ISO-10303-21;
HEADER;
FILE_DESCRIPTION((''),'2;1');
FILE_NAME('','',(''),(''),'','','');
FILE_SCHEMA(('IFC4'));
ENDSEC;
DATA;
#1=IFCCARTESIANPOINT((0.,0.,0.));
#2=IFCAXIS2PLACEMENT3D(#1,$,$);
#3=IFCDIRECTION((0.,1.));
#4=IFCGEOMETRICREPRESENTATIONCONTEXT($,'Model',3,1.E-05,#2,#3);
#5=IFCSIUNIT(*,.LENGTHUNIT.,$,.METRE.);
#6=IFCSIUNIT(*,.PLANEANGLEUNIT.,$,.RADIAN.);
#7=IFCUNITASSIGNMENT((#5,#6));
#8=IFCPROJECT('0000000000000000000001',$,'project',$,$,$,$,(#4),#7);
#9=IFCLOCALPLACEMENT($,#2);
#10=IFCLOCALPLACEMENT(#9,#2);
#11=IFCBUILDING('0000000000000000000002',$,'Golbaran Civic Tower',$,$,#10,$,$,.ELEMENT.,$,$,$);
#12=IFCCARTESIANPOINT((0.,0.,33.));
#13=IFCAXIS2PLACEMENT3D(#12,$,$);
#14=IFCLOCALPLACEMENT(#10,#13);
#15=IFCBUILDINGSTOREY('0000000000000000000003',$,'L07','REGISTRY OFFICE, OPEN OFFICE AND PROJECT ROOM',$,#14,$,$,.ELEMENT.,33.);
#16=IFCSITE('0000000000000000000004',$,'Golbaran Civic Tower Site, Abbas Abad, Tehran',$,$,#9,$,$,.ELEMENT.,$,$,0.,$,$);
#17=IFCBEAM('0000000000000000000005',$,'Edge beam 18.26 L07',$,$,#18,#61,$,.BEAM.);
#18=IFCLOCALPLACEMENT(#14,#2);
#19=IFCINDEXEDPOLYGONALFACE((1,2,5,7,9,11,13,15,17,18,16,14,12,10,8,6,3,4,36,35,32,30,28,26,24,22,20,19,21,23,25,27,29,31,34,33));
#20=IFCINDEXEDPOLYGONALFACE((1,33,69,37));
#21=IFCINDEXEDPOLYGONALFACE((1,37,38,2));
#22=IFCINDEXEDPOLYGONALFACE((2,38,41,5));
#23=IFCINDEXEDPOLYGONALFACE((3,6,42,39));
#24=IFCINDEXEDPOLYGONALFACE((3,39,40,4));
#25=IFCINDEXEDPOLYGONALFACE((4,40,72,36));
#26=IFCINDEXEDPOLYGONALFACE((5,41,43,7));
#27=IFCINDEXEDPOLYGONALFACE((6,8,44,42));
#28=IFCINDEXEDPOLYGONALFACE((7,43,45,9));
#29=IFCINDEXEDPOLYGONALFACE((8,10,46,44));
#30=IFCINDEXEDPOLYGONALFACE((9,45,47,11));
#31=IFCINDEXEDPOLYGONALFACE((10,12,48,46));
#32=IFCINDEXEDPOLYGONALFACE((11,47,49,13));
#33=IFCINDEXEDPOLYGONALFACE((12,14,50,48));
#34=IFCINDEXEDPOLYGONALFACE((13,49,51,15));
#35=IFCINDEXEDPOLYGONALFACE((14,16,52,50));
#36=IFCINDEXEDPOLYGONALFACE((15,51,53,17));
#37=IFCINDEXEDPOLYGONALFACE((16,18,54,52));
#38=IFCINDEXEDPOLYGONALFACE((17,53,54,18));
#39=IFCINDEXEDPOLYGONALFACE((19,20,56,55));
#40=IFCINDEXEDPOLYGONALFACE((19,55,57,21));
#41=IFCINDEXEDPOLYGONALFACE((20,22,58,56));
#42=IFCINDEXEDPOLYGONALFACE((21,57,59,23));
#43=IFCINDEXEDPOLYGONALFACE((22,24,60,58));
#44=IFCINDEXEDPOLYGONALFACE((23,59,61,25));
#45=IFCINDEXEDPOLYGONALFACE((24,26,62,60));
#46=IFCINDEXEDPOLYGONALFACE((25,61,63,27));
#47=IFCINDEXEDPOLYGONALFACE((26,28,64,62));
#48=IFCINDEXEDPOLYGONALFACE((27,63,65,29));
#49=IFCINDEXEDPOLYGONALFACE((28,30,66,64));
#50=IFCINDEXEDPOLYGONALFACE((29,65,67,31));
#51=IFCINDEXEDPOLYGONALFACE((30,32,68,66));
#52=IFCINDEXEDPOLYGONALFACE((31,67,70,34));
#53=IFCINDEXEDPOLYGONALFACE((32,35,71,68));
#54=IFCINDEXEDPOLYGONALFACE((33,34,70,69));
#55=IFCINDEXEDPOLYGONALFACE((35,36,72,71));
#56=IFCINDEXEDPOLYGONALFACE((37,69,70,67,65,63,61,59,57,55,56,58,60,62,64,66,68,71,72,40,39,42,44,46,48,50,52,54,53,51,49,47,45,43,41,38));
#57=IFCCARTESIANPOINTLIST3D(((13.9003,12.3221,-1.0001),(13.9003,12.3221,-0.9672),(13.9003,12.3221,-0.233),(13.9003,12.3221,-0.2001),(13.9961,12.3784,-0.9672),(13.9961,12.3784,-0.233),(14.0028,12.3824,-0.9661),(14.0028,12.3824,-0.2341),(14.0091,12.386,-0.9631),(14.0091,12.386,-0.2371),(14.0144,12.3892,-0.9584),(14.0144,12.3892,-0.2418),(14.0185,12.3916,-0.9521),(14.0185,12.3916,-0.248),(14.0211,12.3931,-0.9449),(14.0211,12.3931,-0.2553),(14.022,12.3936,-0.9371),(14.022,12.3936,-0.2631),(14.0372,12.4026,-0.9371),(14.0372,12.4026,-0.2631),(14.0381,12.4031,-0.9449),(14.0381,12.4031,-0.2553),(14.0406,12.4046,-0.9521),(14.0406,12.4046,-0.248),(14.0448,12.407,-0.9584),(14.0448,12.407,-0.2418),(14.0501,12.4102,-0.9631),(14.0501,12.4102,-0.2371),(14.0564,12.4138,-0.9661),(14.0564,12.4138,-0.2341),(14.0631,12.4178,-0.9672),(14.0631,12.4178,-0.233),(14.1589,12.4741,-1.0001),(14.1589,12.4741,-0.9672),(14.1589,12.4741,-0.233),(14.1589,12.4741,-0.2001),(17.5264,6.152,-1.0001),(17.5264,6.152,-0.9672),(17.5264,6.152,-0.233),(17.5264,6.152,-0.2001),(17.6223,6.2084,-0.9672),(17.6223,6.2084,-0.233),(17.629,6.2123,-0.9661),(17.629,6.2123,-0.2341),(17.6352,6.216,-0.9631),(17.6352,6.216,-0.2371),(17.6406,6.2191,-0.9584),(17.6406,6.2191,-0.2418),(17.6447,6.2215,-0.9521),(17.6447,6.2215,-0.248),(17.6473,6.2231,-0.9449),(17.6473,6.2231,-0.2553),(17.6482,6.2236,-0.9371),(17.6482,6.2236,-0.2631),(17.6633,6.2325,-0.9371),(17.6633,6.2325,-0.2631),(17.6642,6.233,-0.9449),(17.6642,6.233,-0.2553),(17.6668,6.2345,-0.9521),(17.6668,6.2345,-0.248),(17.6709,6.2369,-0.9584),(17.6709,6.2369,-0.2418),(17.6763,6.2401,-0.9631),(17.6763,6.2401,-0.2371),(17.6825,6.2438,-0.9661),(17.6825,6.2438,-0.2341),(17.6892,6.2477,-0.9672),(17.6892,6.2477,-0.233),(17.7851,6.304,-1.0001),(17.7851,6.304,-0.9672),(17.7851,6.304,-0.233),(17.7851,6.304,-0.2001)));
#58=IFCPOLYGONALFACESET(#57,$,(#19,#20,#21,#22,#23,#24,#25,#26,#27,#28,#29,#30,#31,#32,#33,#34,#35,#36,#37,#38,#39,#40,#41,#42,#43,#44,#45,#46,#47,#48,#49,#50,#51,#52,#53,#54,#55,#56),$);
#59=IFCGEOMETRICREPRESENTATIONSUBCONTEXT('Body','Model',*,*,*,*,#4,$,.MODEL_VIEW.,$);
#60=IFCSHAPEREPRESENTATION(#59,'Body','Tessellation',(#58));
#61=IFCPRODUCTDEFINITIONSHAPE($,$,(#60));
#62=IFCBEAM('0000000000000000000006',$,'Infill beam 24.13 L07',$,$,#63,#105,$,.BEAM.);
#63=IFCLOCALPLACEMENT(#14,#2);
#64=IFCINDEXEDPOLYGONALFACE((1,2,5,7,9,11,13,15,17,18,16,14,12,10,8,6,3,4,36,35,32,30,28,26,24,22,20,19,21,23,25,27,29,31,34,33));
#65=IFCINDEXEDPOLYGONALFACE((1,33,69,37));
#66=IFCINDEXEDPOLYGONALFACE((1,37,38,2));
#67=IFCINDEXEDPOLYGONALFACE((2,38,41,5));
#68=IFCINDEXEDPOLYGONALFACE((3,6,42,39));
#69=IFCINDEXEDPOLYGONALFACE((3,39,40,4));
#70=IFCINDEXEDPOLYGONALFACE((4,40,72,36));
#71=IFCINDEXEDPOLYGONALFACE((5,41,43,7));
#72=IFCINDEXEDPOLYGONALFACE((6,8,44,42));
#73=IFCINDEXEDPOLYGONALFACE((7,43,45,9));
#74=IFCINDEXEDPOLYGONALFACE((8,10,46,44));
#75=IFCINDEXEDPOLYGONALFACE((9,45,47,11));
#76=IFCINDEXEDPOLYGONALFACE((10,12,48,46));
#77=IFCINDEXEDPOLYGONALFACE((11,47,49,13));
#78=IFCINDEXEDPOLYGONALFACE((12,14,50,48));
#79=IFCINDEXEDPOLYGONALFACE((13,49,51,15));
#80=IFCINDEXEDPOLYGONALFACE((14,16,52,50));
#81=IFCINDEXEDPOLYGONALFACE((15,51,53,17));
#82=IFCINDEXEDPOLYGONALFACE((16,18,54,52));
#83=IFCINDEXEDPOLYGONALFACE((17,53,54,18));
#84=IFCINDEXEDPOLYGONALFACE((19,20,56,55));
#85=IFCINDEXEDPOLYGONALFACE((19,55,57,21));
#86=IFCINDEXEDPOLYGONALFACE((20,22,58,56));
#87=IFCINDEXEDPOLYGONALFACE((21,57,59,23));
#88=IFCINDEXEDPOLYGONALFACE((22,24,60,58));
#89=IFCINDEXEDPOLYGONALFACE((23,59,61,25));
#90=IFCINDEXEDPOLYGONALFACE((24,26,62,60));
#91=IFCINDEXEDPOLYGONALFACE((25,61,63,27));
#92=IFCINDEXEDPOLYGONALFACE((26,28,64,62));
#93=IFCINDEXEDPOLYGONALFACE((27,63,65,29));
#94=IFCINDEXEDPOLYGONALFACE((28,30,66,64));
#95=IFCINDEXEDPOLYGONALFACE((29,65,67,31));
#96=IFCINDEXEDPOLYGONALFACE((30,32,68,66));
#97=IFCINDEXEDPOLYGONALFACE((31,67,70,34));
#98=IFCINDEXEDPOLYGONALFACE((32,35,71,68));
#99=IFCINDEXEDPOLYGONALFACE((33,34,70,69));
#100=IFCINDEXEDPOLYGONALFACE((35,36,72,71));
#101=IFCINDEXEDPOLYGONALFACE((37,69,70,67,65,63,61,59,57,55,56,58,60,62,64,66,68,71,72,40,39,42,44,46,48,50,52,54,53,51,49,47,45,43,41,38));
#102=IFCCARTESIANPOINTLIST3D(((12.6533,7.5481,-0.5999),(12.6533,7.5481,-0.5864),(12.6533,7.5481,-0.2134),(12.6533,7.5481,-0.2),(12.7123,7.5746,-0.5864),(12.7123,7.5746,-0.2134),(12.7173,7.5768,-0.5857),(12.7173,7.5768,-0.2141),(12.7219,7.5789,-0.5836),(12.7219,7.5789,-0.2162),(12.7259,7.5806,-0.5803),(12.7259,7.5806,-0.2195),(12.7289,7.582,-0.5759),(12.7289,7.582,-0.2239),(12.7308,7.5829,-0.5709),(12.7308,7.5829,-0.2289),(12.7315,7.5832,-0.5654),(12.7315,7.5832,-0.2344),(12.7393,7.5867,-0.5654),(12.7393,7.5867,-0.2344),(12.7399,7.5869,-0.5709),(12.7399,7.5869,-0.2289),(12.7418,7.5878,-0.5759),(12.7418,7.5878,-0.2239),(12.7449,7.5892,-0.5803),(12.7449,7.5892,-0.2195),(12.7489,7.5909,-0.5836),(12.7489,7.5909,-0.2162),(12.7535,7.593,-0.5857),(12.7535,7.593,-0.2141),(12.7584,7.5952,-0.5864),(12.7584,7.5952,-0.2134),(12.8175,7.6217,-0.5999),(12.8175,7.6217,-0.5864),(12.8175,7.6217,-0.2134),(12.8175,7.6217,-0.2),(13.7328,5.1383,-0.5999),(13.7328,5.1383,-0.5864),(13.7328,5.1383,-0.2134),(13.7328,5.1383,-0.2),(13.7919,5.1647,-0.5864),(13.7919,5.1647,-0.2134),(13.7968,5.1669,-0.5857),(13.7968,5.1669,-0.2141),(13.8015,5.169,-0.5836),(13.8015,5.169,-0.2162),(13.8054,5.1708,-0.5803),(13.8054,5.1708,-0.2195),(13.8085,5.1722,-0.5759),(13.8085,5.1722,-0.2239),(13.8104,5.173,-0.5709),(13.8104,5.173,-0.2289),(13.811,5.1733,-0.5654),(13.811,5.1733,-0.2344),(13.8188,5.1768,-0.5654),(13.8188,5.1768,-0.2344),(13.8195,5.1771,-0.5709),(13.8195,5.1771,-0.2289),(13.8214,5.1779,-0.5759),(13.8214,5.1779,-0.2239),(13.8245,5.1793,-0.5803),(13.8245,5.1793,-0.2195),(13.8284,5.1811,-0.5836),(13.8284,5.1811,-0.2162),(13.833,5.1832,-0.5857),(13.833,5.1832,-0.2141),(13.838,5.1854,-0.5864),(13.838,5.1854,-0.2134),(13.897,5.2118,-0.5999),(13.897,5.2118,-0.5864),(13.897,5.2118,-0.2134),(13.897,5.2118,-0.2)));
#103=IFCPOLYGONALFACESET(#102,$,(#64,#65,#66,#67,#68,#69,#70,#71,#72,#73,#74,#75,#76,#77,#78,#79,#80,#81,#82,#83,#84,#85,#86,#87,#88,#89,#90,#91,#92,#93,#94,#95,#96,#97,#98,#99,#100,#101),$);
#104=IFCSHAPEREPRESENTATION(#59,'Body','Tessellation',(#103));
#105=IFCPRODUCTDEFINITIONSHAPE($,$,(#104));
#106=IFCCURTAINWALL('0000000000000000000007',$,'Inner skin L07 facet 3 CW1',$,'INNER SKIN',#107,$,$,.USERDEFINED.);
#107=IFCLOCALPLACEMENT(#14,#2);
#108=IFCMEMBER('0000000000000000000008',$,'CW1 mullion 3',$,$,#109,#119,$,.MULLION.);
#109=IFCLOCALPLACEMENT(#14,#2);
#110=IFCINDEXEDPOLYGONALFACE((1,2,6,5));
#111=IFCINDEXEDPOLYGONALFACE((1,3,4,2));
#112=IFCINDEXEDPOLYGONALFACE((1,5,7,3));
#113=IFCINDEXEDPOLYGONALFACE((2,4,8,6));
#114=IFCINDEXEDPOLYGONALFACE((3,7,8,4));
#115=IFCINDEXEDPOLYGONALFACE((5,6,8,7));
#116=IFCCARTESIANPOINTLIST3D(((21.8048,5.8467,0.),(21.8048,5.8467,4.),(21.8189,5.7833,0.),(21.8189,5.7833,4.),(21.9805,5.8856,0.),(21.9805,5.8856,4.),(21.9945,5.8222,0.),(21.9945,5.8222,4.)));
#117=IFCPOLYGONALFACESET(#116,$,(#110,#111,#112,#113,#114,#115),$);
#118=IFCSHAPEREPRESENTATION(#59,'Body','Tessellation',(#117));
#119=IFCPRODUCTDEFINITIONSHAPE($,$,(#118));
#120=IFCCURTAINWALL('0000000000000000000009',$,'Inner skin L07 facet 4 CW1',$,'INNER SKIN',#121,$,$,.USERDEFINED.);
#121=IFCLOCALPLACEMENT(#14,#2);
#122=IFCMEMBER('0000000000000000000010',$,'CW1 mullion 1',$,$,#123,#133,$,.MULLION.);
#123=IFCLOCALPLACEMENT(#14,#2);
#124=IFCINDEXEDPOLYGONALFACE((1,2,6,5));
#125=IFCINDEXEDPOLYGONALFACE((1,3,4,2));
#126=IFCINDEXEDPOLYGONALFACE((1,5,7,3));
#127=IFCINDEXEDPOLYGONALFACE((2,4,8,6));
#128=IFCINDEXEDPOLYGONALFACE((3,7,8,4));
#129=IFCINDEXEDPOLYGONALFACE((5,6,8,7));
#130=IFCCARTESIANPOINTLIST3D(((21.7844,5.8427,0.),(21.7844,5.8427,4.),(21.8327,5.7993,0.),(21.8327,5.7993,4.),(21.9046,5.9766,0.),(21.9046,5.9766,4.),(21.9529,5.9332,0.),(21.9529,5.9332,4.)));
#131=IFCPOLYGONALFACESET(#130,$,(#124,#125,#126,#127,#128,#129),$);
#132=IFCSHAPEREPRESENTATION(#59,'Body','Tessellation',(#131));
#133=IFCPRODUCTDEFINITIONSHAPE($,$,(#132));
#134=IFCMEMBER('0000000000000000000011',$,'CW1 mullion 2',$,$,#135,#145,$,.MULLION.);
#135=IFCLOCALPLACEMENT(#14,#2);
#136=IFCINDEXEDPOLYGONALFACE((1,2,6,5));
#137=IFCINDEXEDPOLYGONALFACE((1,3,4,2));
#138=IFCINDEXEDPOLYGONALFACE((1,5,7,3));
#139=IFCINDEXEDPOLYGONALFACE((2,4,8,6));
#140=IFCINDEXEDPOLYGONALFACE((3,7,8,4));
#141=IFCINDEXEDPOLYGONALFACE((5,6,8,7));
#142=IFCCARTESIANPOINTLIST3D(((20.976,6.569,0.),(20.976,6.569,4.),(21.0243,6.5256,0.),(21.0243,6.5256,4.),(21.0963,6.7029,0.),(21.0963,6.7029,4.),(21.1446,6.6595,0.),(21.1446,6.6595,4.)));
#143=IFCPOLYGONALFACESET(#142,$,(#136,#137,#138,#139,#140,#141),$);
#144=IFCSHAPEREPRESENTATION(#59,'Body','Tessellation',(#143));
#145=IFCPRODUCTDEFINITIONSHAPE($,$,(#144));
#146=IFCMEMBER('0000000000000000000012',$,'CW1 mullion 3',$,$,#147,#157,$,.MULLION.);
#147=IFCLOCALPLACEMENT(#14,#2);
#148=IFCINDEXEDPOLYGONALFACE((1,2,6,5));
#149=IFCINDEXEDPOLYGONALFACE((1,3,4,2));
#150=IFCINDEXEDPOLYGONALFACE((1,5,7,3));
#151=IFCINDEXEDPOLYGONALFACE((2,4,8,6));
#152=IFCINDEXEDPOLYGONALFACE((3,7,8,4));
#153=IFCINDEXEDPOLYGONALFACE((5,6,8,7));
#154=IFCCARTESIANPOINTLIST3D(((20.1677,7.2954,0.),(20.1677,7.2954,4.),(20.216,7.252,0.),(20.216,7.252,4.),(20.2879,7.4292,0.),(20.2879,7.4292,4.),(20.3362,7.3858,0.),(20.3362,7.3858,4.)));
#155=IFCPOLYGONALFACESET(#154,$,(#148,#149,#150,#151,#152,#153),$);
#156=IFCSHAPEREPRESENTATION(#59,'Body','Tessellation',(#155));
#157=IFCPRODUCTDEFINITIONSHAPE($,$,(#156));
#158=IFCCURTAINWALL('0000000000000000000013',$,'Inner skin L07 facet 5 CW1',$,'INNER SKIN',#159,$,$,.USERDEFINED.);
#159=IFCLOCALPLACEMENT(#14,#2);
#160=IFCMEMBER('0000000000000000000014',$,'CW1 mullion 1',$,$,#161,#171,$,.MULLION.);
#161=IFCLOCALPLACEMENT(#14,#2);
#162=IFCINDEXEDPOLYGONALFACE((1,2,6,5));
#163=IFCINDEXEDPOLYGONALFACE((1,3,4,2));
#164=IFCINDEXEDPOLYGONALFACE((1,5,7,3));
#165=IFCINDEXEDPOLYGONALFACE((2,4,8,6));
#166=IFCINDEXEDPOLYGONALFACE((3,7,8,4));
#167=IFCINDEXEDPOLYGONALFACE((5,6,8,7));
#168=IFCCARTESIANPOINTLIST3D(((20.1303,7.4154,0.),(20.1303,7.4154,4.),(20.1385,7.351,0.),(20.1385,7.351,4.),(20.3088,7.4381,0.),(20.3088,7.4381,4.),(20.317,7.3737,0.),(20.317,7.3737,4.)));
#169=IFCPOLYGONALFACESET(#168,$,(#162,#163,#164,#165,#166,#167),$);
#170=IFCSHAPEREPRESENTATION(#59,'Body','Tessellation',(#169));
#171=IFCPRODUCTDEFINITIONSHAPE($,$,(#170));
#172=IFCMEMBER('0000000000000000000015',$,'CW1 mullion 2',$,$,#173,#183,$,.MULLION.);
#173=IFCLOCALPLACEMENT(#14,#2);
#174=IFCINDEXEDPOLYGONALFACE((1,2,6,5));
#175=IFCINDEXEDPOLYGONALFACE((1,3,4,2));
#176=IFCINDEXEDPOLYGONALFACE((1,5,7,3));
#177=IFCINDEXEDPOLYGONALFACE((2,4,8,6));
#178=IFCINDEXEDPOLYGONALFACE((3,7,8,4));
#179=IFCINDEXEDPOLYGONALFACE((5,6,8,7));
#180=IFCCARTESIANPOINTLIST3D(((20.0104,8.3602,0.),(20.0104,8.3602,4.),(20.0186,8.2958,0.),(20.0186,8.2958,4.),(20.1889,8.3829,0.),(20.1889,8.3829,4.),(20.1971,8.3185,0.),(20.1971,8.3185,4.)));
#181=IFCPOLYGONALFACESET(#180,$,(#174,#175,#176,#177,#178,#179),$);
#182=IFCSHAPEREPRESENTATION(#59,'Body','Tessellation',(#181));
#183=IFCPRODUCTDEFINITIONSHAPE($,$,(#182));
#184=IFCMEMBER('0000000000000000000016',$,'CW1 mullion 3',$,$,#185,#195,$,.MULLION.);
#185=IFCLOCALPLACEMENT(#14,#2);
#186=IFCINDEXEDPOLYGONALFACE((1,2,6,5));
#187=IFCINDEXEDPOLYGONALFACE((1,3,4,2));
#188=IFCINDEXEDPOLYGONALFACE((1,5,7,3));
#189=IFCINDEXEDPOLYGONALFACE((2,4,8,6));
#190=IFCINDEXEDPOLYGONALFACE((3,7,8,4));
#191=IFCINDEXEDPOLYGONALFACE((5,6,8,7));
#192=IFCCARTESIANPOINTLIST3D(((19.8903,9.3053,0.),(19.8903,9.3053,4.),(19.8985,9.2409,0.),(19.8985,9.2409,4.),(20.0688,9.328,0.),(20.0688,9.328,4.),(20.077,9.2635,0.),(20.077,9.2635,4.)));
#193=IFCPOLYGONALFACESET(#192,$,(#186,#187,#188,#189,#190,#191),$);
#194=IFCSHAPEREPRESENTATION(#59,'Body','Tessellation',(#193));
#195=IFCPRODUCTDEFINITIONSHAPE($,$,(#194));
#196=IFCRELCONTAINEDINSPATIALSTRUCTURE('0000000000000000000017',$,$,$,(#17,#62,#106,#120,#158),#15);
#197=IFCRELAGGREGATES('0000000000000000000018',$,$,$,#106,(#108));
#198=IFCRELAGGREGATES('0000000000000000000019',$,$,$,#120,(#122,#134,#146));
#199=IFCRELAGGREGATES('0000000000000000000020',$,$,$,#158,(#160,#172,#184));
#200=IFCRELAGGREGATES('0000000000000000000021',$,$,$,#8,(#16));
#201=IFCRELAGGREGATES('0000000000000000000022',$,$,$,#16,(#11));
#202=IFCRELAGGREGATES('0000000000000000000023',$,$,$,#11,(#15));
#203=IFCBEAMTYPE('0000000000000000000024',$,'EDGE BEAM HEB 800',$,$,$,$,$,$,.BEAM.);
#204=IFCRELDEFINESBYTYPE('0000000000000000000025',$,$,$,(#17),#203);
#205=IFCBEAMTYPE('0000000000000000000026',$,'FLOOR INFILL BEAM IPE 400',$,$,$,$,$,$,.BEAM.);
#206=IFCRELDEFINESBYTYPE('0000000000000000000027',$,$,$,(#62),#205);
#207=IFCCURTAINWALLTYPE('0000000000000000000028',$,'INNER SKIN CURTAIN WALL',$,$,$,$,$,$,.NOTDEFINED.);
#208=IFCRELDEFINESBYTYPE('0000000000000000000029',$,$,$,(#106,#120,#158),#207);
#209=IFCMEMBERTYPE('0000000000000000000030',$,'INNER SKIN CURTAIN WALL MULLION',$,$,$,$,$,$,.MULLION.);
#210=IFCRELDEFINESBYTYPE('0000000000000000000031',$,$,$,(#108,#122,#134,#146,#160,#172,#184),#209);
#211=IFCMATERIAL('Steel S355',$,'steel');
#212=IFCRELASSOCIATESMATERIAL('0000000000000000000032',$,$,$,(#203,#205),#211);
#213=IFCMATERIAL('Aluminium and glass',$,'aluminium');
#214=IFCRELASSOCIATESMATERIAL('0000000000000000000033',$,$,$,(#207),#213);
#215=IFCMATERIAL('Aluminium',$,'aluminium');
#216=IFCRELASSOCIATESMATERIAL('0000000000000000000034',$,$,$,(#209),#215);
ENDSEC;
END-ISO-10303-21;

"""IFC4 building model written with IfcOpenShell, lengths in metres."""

from ifc_helpers import new_model, si_unit, direction, frame, origin, origin_2d, place, context, subcontext, project, spatial, rectangle, i_section, extrude, material, material_profile, profile_set, type_object, element, aggregate, save


model = new_model("IFC4")

# Units and contexts
model_context = context("Model", 3, precision=1e-05, world=origin(), true_north=direction((0.0, 1.0)))
body_context = subcontext(model_context, "Body", "Model", "MODEL_VIEW")
ifc_project = project(units=[si_unit("LENGTHUNIT", "METRE"), si_unit("PLANEANGLEUNIT", "RADIAN")], contexts=[model_context])

# Site, building, storey
site_placement = place(None, origin())
site = spatial("IfcSite", under=ifc_project, at=site_placement, Name="Golbaran Civic Tower Site, Abbas Abad, Tehran", CompositionType="ELEMENT", RefElevation=0.0)
building_placement = place(site_placement, origin())
building = spatial("IfcBuilding", under=site, at=building_placement, Name="Golbaran Civic Tower", CompositionType="ELEMENT")
storey_placement = place(building_placement, frame((0.0, 0.0, 33.0)))
storey = spatial("IfcBuildingStorey", under=building, at=storey_placement, Name="L07", Description="REGISTRY OFFICE, OPEN OFFICE AND PROJECT ROOM", CompositionType="ELEMENT", Elevation=33.0)

# Beams
ifc_material_1 = material(Name="Steel S355", Category="steel")
ifc_material_profile_1 = material_profile(ifc_material_1, i_section(OverallWidth=0.3, OverallDepth=0.8, WebThickness=0.0176, FlangeThickness=0.033, FilletRadius=0.03, at=origin_2d()), Name="HEB 800")
ifc_profile_set_1 = profile_set([ifc_material_profile_1], Name="Steel S355")
beam_type_1 = type_object("IfcBeamType", Name="EDGE BEAM HEB 800", PredefinedType="BEAM", material=ifc_profile_set_1)
beam_1_placement = place(storey_placement, frame((17.6558, 6.228, -0.6001), z_axis=(-0.506679, 0.862135, 0.0), x_axis=(-0.862135, -0.506679, 0.0)))
element("IfcBeam", 1, at=beam_1_placement, inside=storey, type_object=beam_type_1, Name="Edge beam 18.26 L07", PredefinedType="BEAM", context=body_context, shape_type="SweptSolid", body=[
    extrude(i_section(OverallWidth=0.3, OverallDepth=0.8, WebThickness=0.0176, FlangeThickness=0.033, FilletRadius=0.03, at=origin_2d()), origin(), (0.0, 0.0, 1.0), 7.1567),
])
ifc_material_profile_2 = material_profile(ifc_material_1, i_section(OverallWidth=0.1799, OverallDepth=0.3999, WebThickness=0.0085, FlangeThickness=0.0134, FilletRadius=0.021, at=origin_2d()), Name="IPE 400")
ifc_profile_set_2 = profile_set([ifc_material_profile_2], Name="Steel S355")
beam_type_2 = type_object("IfcBeamType", Name="FLOOR INFILL BEAM IPE 400", PredefinedType="BEAM", material=ifc_profile_set_2)
beam_2_placement = place(storey_placement, frame((13.8149, 5.175, -0.3999), z_axis=(-0.40883, 0.91261, 0.0), x_axis=(-0.91261, -0.40883, 0.0)))
element("IfcBeam", 2, at=beam_2_placement, inside=storey, type_object=beam_type_2, Name="Infill beam 24.13 L07", PredefinedType="BEAM", context=body_context, shape_type="SweptSolid", body=[
    extrude(i_section(OverallWidth=0.1799, OverallDepth=0.3999, WebThickness=0.0085, FlangeThickness=0.0134, FilletRadius=0.021, at=origin_2d()), origin(), (0.0, 0.0, 1.0), 2.6406),
])

# Curtain wall, member
ifc_material_2 = material(Name="Aluminium and glass", Category="aluminium")
curtain_wall_type = type_object("IfcCurtainWallType", Name="INNER SKIN CURTAIN WALL", PredefinedType="NOTDEFINED", material=ifc_material_2)
curtain_wall_1_placement = place(storey_placement, origin())
curtain_wall_1 = element("IfcCurtainWall", 3, at=curtain_wall_1_placement, inside=storey, type_object=curtain_wall_type, Name="Inner skin L07 facet 3 CW1", ObjectType="INNER SKIN", PredefinedType="USERDEFINED")
ifc_material_3 = material(Name="Aluminium", Category="aluminium")
ifc_material_profile_3 = material_profile(ifc_material_3, rectangle(XDim=0.1799, YDim=0.0649, at=origin_2d()), Name="INNER SKIN CURTAIN WALL MULLION")
ifc_profile_set_3 = profile_set([ifc_material_profile_3], Name="Aluminium")
member_type_1 = type_object("IfcMemberType", Name="INNER SKIN CURTAIN WALL MULLION", PredefinedType="MULLION", material=ifc_profile_set_3)
member_1_placement = place(storey_placement, frame((21.8997, 5.8345, 0.0), z_axis=(0.0, 0.0, 1.0), x_axis=(-0.976296, -0.21644, 0.0)))
member_1 = element("IfcMember", 4, at=member_1_placement, type_object=member_type_1, Name="CW1 mullion 3", PredefinedType="MULLION", context=body_context, shape_type="SweptSolid", body=[
    extrude(rectangle(XDim=0.1799, YDim=0.0649, at=origin_2d()), origin(), (0.0, 0.0, 1.0), 4.0),
])

# Curtain walls, members
curtain_wall_2_placement = place(storey_placement, origin())
curtain_wall_2 = element("IfcCurtainWall", 5, at=curtain_wall_2_placement, inside=storey, type_object=curtain_wall_type, Name="Inner skin L07 facet 4 CW1", ObjectType="INNER SKIN", PredefinedType="USERDEFINED")
member_2_placement = place(storey_placement, frame((21.8687, 5.8879, 0.0), z_axis=(0.0, 0.0, 1.0), x_axis=(-0.66842, -0.743784, 0.0)))
member_2 = element("IfcMember", 6, at=member_2_placement, type_object=member_type_1, Name="CW1 mullion 1", PredefinedType="MULLION", context=body_context, shape_type="SweptSolid", body=[
    extrude(rectangle(XDim=0.1799, YDim=0.0649, at=origin_2d()), origin(), (0.0, 0.0, 1.0), 4.0),
])
member_3_placement = place(storey_placement, frame((21.0603, 6.6143, 0.0), z_axis=(0.0, 0.0, 1.0), x_axis=(-0.66842, -0.743784, 0.0)))
member_3 = element("IfcMember", 7, at=member_3_placement, type_object=member_type_1, Name="CW1 mullion 2", PredefinedType="MULLION", context=body_context, shape_type="SweptSolid", body=[
    extrude(rectangle(XDim=0.1799, YDim=0.0649, at=origin_2d()), origin(), (0.0, 0.0, 1.0), 4.0),
])
member_4_placement = place(storey_placement, frame((20.252, 7.3406, 0.0), z_axis=(0.0, 0.0, 1.0), x_axis=(-0.66842, -0.743784, 0.0)))
member_4 = element("IfcMember", 8, at=member_4_placement, type_object=member_type_1, Name="CW1 mullion 3", PredefinedType="MULLION", context=body_context, shape_type="SweptSolid", body=[
    extrude(rectangle(XDim=0.1799, YDim=0.0649, at=origin_2d()), origin(), (0.0, 0.0, 1.0), 4.0),
])
curtain_wall_3_placement = place(storey_placement, origin())
curtain_wall_3 = element("IfcCurtainWall", 9, at=curtain_wall_3_placement, inside=storey, type_object=curtain_wall_type, Name="Inner skin L07 facet 5 CW1", ObjectType="INNER SKIN", PredefinedType="USERDEFINED")
member_5_placement = place(storey_placement, frame((20.2236, 7.3945, 0.0), z_axis=(0.0, 0.0, 1.0), x_axis=(-0.992027, -0.126024, 0.0)))
member_5 = element("IfcMember", 10, at=member_5_placement, type_object=member_type_1, Name="CW1 mullion 1", PredefinedType="MULLION", context=body_context, shape_type="SweptSolid", body=[
    extrude(rectangle(XDim=0.1799, YDim=0.0649, at=origin_2d()), origin(), (0.0, 0.0, 1.0), 4.0),
])
member_6_placement = place(storey_placement, frame((20.1038, 8.3394, 0.0), z_axis=(0.0, 0.0, 1.0), x_axis=(-0.992027, -0.126024, 0.0)))
member_6 = element("IfcMember", 11, at=member_6_placement, type_object=member_type_1, Name="CW1 mullion 2", PredefinedType="MULLION", context=body_context, shape_type="SweptSolid", body=[
    extrude(rectangle(XDim=0.1799, YDim=0.0649, at=origin_2d()), origin(), (0.0, 0.0, 1.0), 4.0),
])
member_7_placement = place(storey_placement, frame((19.9836, 9.2844, 0.0), z_axis=(0.0, 0.0, 1.0), x_axis=(-0.992027, -0.126024, 0.0)))
member_7 = element("IfcMember", 12, at=member_7_placement, type_object=member_type_1, Name="CW1 mullion 3", PredefinedType="MULLION", context=body_context, shape_type="SweptSolid", body=[
    extrude(rectangle(XDim=0.1799, YDim=0.0649, at=origin_2d()), origin(), (0.0, 0.0, 1.0), 4.0),
])

aggregate(curtain_wall_1, [member_1])
aggregate(curtain_wall_2, [member_2, member_3, member_4])
aggregate(curtain_wall_3, [member_5, member_6, member_7])

save(model, "model.ifc")
